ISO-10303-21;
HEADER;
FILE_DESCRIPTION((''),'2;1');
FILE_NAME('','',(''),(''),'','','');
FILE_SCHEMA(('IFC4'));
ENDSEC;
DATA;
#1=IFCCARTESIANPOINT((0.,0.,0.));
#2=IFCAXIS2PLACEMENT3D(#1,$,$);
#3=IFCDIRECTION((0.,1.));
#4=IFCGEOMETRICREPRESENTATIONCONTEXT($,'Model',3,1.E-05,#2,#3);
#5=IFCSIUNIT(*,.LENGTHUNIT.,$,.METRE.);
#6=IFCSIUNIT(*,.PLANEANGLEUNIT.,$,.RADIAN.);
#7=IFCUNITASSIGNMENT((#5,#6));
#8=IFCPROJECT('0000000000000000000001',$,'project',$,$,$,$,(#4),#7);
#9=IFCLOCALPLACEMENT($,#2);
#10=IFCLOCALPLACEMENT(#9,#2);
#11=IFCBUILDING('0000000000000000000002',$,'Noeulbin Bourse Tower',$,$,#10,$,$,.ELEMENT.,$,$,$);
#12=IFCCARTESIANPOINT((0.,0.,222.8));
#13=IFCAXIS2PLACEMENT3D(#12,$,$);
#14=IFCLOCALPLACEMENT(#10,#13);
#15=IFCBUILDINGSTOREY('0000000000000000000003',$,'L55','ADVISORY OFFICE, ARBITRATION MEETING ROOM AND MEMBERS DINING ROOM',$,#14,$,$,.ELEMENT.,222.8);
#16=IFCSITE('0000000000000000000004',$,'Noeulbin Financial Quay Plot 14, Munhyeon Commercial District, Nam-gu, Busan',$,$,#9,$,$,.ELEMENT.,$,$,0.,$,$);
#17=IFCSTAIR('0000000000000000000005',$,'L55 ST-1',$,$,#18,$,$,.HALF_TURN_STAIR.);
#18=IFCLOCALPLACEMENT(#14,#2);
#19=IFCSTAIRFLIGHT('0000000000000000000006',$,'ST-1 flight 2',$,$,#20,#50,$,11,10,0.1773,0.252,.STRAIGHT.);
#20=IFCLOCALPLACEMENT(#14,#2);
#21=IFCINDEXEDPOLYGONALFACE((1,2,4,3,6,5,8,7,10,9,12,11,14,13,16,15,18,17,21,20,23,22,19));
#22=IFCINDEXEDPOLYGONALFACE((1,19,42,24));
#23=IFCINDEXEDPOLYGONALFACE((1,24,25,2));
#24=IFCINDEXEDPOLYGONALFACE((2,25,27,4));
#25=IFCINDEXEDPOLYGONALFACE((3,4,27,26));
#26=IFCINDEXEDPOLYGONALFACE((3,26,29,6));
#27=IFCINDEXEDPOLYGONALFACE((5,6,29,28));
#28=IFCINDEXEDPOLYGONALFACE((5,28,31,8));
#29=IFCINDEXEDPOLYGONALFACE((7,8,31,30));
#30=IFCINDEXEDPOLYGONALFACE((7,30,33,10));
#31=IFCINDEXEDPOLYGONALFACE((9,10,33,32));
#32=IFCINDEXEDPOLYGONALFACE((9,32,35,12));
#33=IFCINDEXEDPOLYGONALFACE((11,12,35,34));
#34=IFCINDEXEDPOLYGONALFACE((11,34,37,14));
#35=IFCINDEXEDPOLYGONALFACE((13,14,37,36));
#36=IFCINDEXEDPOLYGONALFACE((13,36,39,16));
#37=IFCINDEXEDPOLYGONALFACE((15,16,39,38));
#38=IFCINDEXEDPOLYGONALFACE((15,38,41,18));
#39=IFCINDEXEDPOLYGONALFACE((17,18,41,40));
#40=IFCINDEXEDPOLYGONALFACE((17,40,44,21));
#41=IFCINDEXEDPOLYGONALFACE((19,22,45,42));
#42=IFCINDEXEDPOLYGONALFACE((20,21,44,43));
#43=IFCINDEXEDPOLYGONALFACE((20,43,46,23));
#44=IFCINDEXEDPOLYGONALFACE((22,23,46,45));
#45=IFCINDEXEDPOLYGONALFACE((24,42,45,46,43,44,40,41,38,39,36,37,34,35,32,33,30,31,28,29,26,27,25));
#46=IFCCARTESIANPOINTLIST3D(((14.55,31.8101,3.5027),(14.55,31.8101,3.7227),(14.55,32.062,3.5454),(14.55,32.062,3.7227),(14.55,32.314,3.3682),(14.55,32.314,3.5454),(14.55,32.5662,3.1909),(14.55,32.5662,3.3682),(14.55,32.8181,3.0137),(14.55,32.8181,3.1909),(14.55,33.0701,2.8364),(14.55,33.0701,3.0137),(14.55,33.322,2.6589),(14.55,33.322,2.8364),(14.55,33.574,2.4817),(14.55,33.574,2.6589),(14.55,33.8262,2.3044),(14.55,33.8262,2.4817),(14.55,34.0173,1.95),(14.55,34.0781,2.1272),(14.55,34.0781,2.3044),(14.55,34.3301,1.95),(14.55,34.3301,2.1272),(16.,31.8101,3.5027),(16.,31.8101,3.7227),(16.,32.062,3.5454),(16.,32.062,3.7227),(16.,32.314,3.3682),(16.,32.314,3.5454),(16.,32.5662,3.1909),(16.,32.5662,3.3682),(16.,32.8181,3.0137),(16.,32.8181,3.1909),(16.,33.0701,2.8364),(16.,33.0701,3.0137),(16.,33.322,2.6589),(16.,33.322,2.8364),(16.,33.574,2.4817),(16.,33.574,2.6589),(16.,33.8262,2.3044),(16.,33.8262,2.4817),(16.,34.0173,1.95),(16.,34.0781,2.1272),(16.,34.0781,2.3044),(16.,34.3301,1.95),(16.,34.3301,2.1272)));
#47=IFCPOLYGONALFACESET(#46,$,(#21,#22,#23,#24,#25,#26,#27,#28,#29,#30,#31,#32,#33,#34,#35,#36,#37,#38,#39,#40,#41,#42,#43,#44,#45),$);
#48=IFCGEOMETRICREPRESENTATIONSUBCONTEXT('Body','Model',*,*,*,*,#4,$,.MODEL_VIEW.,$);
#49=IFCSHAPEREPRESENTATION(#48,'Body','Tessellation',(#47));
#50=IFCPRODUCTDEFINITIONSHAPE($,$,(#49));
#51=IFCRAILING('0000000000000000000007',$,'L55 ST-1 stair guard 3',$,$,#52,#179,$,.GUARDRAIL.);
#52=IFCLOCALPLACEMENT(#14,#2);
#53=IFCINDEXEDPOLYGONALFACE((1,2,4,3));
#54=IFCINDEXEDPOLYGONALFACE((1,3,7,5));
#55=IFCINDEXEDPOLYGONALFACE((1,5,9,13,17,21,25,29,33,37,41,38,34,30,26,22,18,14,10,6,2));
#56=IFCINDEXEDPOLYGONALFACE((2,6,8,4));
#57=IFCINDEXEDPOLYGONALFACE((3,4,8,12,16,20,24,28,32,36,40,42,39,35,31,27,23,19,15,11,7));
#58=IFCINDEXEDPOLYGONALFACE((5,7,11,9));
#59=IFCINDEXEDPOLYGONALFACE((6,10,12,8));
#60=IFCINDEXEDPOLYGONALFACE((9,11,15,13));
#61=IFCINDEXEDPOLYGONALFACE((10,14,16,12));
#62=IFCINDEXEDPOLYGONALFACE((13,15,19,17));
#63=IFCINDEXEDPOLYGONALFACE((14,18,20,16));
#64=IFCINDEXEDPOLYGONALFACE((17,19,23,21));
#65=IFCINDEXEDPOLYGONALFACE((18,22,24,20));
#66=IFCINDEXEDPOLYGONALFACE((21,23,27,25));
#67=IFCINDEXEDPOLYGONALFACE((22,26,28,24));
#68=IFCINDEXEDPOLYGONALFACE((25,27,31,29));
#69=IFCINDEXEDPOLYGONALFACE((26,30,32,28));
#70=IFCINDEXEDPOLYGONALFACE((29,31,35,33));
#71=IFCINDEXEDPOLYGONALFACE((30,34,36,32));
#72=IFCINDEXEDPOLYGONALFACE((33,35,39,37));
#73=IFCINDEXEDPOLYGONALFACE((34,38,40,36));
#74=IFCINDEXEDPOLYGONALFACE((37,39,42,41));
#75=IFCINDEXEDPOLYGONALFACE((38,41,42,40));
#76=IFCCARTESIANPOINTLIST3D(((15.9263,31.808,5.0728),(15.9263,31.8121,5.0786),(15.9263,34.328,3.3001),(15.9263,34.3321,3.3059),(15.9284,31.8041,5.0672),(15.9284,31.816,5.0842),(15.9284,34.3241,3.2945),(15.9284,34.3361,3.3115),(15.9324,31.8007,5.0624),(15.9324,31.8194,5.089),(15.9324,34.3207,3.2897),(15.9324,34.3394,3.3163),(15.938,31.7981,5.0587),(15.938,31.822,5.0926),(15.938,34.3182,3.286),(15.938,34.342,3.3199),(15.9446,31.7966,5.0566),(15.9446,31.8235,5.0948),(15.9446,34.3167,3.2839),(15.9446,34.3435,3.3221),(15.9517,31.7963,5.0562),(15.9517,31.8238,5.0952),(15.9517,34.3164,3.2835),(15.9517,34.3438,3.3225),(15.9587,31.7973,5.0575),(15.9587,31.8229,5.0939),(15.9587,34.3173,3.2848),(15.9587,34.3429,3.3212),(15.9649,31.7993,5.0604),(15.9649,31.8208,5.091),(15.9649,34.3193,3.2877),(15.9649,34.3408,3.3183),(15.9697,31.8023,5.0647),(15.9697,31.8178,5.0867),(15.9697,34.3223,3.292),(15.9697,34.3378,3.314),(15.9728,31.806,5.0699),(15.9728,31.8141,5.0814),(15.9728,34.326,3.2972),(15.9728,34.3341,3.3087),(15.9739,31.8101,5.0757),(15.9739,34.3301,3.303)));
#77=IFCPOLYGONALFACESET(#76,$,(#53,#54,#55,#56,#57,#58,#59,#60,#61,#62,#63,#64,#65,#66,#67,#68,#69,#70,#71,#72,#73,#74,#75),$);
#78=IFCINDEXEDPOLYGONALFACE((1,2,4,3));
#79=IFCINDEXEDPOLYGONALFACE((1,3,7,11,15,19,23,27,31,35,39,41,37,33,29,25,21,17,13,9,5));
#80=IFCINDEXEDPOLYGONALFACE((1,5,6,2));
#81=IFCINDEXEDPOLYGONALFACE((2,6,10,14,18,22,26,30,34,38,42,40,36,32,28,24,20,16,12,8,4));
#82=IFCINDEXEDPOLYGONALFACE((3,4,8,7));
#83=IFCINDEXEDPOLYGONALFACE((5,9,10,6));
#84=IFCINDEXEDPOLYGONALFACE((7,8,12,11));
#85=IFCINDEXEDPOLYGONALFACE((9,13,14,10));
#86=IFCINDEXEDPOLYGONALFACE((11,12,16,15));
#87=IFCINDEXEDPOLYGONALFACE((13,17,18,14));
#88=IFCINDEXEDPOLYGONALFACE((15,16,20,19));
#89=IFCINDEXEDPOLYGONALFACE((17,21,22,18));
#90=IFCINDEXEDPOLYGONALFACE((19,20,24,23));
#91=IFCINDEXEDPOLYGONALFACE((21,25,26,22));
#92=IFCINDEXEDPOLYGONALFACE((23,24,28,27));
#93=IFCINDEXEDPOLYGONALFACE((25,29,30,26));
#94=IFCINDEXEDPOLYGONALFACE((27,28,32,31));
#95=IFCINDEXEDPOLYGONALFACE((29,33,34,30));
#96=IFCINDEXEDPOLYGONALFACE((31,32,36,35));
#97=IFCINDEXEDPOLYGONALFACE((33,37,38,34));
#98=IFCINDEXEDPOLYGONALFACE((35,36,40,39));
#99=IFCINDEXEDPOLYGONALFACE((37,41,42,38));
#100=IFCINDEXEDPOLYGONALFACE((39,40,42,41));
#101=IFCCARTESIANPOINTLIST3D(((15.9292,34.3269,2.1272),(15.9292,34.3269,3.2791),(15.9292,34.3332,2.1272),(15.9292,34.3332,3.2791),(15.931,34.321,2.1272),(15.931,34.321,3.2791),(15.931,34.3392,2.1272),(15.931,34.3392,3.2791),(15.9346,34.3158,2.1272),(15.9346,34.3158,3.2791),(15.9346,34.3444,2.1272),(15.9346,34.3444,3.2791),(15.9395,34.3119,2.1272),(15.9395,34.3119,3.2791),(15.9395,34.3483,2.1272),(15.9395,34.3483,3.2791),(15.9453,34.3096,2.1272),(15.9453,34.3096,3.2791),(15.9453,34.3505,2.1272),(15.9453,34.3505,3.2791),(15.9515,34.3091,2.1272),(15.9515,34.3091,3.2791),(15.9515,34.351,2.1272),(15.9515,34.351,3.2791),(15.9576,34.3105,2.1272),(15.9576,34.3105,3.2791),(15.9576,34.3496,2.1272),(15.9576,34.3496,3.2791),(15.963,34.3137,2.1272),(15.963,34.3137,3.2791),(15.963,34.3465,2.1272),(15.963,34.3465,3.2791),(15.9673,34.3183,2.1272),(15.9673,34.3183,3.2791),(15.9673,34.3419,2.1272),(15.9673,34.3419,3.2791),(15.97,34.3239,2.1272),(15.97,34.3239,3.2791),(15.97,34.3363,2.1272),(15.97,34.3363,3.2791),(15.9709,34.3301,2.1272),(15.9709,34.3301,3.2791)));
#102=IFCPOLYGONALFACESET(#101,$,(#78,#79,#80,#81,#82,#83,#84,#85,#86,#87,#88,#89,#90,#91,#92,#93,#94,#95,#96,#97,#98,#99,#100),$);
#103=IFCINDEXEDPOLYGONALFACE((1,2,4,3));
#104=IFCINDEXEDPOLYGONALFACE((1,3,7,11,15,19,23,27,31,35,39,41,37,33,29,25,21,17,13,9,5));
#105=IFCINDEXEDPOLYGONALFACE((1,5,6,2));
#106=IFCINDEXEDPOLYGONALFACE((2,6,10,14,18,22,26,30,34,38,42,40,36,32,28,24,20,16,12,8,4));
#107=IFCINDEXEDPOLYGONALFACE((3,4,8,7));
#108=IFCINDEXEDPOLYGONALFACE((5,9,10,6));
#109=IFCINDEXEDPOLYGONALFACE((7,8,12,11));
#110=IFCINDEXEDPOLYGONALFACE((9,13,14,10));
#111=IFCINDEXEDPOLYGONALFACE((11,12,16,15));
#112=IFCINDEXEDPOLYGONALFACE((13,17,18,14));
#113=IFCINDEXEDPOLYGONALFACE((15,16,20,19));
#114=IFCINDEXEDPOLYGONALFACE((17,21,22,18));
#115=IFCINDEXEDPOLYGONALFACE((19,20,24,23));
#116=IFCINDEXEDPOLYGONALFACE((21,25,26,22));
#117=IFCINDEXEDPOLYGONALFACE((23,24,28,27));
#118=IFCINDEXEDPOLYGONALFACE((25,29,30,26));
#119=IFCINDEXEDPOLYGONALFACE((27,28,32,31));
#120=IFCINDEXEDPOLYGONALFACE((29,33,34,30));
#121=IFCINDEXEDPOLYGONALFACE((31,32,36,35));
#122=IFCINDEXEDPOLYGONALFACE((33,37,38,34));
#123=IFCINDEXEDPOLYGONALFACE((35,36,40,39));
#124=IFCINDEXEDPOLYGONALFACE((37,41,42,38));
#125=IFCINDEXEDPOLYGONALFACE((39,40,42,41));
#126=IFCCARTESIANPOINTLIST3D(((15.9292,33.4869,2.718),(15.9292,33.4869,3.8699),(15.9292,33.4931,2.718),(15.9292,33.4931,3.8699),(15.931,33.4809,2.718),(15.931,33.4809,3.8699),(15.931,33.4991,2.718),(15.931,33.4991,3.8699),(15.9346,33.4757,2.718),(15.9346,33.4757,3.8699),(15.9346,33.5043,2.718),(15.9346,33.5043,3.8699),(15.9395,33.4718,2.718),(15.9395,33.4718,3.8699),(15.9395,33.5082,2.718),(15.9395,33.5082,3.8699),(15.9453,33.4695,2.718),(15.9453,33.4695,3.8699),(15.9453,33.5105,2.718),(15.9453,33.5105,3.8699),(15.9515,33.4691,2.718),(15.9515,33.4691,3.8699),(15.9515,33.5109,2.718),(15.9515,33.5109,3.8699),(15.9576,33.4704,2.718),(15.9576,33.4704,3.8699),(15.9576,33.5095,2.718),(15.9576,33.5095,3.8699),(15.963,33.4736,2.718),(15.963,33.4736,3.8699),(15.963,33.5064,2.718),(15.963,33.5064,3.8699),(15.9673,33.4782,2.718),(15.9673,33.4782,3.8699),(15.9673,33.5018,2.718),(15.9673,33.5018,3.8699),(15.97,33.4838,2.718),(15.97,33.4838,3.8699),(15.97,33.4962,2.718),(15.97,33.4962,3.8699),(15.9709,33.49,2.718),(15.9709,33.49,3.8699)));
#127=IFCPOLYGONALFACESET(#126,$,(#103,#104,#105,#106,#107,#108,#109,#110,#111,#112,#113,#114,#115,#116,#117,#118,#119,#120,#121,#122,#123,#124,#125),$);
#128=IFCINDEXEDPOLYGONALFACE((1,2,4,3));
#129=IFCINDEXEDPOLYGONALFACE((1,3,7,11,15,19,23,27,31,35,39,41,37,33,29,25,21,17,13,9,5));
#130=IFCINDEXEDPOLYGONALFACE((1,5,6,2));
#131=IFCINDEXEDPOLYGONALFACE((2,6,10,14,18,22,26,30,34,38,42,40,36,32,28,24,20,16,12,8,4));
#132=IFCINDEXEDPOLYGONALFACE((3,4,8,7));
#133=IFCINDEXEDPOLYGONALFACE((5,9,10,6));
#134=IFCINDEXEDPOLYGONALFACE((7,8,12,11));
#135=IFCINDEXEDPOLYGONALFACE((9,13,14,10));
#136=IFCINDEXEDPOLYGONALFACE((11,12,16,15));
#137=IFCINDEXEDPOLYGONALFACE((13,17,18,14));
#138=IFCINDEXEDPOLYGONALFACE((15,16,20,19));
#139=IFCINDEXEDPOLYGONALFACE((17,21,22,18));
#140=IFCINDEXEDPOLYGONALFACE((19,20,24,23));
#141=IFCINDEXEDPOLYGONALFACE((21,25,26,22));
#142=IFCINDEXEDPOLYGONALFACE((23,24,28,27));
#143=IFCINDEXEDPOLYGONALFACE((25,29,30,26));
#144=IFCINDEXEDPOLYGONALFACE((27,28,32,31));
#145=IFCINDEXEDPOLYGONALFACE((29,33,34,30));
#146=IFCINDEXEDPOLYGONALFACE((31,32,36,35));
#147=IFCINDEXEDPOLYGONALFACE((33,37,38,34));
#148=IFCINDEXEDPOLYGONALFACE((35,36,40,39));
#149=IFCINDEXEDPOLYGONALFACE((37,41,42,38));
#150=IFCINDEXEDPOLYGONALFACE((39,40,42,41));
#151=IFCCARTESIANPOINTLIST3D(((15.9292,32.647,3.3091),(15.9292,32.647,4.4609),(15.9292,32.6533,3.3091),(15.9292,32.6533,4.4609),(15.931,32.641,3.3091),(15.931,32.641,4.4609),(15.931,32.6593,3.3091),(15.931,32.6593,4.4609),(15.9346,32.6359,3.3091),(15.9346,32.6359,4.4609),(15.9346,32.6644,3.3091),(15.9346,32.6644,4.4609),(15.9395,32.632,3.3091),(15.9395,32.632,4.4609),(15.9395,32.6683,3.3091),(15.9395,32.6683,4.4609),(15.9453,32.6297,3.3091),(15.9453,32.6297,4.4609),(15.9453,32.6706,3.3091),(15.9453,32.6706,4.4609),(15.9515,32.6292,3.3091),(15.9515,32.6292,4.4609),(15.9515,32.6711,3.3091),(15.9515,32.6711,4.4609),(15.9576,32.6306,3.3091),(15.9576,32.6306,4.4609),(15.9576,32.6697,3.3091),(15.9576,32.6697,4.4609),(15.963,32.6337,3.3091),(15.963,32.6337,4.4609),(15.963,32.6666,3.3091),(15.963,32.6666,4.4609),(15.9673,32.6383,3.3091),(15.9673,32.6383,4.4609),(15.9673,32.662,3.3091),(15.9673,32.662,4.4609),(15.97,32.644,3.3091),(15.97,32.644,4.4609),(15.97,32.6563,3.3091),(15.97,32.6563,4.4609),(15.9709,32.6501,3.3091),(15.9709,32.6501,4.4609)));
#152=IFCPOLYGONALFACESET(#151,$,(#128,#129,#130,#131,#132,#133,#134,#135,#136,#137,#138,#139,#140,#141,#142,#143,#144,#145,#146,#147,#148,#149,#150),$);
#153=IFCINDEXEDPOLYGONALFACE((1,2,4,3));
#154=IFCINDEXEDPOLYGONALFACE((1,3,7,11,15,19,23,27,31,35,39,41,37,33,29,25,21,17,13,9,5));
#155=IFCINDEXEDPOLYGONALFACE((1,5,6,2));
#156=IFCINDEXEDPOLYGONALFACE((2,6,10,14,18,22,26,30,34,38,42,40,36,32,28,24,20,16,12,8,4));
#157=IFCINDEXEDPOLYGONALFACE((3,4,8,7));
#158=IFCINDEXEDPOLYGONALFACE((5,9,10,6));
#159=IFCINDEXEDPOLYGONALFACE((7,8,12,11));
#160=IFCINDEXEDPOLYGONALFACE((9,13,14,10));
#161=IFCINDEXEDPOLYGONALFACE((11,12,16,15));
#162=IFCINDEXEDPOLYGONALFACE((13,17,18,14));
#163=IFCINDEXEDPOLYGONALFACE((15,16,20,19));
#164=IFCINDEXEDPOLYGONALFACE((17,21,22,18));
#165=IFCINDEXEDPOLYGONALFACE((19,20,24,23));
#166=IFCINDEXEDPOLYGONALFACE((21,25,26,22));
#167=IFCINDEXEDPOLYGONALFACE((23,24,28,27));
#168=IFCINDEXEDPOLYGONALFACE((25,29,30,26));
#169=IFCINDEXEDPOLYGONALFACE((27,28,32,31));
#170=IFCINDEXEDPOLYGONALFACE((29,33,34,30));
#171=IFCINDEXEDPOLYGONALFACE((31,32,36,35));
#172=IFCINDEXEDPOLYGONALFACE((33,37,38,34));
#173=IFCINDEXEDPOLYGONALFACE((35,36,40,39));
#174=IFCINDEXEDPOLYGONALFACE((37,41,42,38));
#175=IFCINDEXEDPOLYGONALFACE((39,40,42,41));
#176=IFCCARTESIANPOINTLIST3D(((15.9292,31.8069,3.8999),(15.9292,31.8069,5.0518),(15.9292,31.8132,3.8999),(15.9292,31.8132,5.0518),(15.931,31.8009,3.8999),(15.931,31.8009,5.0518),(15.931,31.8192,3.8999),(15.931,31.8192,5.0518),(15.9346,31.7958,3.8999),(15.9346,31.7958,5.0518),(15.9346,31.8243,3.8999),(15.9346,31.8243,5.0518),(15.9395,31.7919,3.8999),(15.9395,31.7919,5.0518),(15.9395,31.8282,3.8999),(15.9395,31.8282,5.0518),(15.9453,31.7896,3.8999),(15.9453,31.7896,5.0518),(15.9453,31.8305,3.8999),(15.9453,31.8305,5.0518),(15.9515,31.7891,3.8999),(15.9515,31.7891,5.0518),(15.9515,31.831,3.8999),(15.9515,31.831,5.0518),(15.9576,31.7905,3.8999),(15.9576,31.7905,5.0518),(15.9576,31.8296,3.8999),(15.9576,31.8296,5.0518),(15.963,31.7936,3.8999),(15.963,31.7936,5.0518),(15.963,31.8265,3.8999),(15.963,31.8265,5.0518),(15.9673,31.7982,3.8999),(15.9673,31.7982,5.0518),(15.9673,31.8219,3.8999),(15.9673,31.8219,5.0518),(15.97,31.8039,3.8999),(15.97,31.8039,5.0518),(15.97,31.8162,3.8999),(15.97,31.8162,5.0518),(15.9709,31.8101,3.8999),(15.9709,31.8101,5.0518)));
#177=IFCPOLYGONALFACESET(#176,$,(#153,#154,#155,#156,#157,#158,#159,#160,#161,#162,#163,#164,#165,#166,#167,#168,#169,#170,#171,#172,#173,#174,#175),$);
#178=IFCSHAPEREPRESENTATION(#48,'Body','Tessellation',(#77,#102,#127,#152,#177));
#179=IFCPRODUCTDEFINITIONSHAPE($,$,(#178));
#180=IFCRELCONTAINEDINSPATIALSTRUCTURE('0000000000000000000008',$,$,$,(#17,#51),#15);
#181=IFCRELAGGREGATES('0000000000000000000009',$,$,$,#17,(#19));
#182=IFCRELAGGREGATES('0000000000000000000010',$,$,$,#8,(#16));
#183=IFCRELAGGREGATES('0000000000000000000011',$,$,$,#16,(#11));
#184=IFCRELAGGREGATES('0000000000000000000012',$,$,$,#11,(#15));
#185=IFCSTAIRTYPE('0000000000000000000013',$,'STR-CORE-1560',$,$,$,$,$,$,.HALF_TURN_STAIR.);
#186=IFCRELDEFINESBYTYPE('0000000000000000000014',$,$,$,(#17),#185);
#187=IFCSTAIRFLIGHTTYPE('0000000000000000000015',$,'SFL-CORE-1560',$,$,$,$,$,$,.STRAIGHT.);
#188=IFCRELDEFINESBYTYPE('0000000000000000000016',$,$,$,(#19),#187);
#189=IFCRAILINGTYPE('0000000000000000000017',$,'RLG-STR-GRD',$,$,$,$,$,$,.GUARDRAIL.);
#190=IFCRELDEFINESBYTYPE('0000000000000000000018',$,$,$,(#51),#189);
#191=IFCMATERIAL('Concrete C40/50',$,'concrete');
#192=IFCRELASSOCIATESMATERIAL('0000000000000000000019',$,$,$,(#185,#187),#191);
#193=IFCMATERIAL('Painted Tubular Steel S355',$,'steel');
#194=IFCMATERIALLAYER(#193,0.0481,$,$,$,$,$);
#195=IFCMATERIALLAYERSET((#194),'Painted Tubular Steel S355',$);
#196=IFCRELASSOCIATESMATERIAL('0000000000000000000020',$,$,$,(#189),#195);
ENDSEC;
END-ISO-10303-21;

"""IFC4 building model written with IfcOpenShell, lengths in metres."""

from ifc_helpers import new_model, si_unit, direction, frame, origin, origin_2d, place, context, subcontext, project, spatial, polyline, circle, outline, extrude, material, layer, layer_set, type_object, element, aggregate, save


model = new_model("IFC4")

# Units and contexts
model_context = context("Model", 3, precision=1e-05, world=origin(), true_north=direction((0.0, 1.0)))
body_context = subcontext(model_context, "Body", "Model", "MODEL_VIEW")
ifc_project = project(units=[si_unit("LENGTHUNIT", "METRE"), si_unit("PLANEANGLEUNIT", "RADIAN")], contexts=[model_context])

# Site, building, storey
site_placement = place(None, origin())
site = spatial("IfcSite", under=ifc_project, at=site_placement, Name="Noeulbin Financial Quay Plot 14, Munhyeon Commercial District, Nam-gu, Busan", CompositionType="ELEMENT", RefElevation=0.0)
building_placement = place(site_placement, origin())
building = spatial("IfcBuilding", under=site, at=building_placement, Name="Noeulbin Bourse Tower", CompositionType="ELEMENT")
storey_placement = place(building_placement, frame((0.0, 0.0, 222.8)))
storey = spatial("IfcBuildingStorey", under=building, at=storey_placement, Name="L55", Description="ADVISORY OFFICE, ARBITRATION MEETING ROOM AND MEMBERS DINING ROOM", CompositionType="ELEMENT", Elevation=222.8)

# Shared definitions
ifc_material_1 = material(Name="Concrete C40/50", Category="concrete")

# Stair, stair flight
stair_type = type_object("IfcStairType", Name="STR-CORE-1560", PredefinedType="HALF_TURN_STAIR", material=ifc_material_1)
stair_placement = place(storey_placement, origin())
stair = element("IfcStair", 1, at=stair_placement, inside=storey, type_object=stair_type, Name="L55 ST-1", PredefinedType="HALF_TURN_STAIR")
stair_flight_type = type_object("IfcStairFlightType", Name="SFL-CORE-1560", PredefinedType="STRAIGHT", material=ifc_material_1)
stair_flight_placement = place(storey_placement, frame((15.2749, 34.3301, 1.95), z_axis=(0.0, 0.0, 1.0), x_axis=(0.0, -1.0, 0.0)))
stair_flight = element("IfcStairFlight", 2, at=stair_flight_placement, type_object=stair_flight_type, Name="ST-1 flight 2", NumberOfRisers=11, NumberOfTreads=10, PredefinedType="STRAIGHT", RiserHeight=0.1773, TreadLength=0.252, context=body_context, shape_type="SweptSolid", body=[
    extrude(outline(polyline([(0.0, 0.0), (0.0, 0.1772), (0.252, 0.1772), (0.252, 0.3545), (0.5039, 0.3545), (0.5039, 0.5317), (0.7561, 0.5317), (0.7561, 0.709), (1.0081, 0.709), (1.0081, 0.8865), (1.26, 0.8865), (1.26, 1.0637), (1.512, 1.0637), (1.512, 1.241), (1.7639, 1.241), (1.7639, 1.4182), (2.0161, 1.4182), (2.0161, 1.5955), (2.2681, 1.5955), (2.2681, 1.7727), (2.52, 1.7727), (2.52, 1.95), (2.52, 1.5527), (0.3127, 0.0), (0.0, 0.0)])), frame((0.0, 0.7251, 0.0), z_axis=(0.0, -1.0, 0.0), x_axis=(1.0, 0.0, 0.0)), (0.0, 0.0, 1.0), 1.45),
])
aggregate(stair, [stair_flight])

# Railing
ifc_material_2 = material(Name="Painted Tubular Steel S355", Category="steel")
ifc_layer_1 = layer(ifc_material_2, 0.0481)
ifc_layer_set_1 = layer_set([ifc_layer_1], Name="Painted Tubular Steel S355")
railing_type_1 = type_object("IfcRailingType", Name="RLG-STR-GRD", PredefinedType="GUARDRAIL", material=ifc_layer_set_1)
railing_1_placement = place(storey_placement, frame((15.95, 34.3301, 2.1272)))
element("IfcRailing", 3, at=railing_1_placement, inside=storey, type_object=railing_type_1, Name="L55 ST-1 stair guard 3", PredefinedType="GUARDRAIL", context=body_context, shape_type="SweptSolid", body=[
    extrude(circle(Radius=0.0239, at=origin_2d()), frame((0.0, 0.0, 1.1758), z_axis=(0.0, -0.817904, 0.575354), x_axis=(1.0, 0.0, 0.0)), (0.0, 0.0, 1.0), 3.0811),
    extrude(circle(Radius=0.021, at=origin_2d()), origin(), (0.0, 0.0, 1.0), 1.1519),
    extrude(circle(Radius=0.021, at=origin_2d()), frame((0.0, -0.8401, 0.5908)), (0.0, 0.0, 1.0), 1.1519),
    extrude(circle(Radius=0.021, at=origin_2d()), frame((0.0, -1.6799, 1.1819)), (0.0, 0.0, 1.0), 1.1519),
    extrude(circle(Radius=0.021, at=origin_2d()), frame((0.0, -2.52, 1.7727)), (0.0, 0.0, 1.0), 1.1519),
])

save(model, "model.ifc")
